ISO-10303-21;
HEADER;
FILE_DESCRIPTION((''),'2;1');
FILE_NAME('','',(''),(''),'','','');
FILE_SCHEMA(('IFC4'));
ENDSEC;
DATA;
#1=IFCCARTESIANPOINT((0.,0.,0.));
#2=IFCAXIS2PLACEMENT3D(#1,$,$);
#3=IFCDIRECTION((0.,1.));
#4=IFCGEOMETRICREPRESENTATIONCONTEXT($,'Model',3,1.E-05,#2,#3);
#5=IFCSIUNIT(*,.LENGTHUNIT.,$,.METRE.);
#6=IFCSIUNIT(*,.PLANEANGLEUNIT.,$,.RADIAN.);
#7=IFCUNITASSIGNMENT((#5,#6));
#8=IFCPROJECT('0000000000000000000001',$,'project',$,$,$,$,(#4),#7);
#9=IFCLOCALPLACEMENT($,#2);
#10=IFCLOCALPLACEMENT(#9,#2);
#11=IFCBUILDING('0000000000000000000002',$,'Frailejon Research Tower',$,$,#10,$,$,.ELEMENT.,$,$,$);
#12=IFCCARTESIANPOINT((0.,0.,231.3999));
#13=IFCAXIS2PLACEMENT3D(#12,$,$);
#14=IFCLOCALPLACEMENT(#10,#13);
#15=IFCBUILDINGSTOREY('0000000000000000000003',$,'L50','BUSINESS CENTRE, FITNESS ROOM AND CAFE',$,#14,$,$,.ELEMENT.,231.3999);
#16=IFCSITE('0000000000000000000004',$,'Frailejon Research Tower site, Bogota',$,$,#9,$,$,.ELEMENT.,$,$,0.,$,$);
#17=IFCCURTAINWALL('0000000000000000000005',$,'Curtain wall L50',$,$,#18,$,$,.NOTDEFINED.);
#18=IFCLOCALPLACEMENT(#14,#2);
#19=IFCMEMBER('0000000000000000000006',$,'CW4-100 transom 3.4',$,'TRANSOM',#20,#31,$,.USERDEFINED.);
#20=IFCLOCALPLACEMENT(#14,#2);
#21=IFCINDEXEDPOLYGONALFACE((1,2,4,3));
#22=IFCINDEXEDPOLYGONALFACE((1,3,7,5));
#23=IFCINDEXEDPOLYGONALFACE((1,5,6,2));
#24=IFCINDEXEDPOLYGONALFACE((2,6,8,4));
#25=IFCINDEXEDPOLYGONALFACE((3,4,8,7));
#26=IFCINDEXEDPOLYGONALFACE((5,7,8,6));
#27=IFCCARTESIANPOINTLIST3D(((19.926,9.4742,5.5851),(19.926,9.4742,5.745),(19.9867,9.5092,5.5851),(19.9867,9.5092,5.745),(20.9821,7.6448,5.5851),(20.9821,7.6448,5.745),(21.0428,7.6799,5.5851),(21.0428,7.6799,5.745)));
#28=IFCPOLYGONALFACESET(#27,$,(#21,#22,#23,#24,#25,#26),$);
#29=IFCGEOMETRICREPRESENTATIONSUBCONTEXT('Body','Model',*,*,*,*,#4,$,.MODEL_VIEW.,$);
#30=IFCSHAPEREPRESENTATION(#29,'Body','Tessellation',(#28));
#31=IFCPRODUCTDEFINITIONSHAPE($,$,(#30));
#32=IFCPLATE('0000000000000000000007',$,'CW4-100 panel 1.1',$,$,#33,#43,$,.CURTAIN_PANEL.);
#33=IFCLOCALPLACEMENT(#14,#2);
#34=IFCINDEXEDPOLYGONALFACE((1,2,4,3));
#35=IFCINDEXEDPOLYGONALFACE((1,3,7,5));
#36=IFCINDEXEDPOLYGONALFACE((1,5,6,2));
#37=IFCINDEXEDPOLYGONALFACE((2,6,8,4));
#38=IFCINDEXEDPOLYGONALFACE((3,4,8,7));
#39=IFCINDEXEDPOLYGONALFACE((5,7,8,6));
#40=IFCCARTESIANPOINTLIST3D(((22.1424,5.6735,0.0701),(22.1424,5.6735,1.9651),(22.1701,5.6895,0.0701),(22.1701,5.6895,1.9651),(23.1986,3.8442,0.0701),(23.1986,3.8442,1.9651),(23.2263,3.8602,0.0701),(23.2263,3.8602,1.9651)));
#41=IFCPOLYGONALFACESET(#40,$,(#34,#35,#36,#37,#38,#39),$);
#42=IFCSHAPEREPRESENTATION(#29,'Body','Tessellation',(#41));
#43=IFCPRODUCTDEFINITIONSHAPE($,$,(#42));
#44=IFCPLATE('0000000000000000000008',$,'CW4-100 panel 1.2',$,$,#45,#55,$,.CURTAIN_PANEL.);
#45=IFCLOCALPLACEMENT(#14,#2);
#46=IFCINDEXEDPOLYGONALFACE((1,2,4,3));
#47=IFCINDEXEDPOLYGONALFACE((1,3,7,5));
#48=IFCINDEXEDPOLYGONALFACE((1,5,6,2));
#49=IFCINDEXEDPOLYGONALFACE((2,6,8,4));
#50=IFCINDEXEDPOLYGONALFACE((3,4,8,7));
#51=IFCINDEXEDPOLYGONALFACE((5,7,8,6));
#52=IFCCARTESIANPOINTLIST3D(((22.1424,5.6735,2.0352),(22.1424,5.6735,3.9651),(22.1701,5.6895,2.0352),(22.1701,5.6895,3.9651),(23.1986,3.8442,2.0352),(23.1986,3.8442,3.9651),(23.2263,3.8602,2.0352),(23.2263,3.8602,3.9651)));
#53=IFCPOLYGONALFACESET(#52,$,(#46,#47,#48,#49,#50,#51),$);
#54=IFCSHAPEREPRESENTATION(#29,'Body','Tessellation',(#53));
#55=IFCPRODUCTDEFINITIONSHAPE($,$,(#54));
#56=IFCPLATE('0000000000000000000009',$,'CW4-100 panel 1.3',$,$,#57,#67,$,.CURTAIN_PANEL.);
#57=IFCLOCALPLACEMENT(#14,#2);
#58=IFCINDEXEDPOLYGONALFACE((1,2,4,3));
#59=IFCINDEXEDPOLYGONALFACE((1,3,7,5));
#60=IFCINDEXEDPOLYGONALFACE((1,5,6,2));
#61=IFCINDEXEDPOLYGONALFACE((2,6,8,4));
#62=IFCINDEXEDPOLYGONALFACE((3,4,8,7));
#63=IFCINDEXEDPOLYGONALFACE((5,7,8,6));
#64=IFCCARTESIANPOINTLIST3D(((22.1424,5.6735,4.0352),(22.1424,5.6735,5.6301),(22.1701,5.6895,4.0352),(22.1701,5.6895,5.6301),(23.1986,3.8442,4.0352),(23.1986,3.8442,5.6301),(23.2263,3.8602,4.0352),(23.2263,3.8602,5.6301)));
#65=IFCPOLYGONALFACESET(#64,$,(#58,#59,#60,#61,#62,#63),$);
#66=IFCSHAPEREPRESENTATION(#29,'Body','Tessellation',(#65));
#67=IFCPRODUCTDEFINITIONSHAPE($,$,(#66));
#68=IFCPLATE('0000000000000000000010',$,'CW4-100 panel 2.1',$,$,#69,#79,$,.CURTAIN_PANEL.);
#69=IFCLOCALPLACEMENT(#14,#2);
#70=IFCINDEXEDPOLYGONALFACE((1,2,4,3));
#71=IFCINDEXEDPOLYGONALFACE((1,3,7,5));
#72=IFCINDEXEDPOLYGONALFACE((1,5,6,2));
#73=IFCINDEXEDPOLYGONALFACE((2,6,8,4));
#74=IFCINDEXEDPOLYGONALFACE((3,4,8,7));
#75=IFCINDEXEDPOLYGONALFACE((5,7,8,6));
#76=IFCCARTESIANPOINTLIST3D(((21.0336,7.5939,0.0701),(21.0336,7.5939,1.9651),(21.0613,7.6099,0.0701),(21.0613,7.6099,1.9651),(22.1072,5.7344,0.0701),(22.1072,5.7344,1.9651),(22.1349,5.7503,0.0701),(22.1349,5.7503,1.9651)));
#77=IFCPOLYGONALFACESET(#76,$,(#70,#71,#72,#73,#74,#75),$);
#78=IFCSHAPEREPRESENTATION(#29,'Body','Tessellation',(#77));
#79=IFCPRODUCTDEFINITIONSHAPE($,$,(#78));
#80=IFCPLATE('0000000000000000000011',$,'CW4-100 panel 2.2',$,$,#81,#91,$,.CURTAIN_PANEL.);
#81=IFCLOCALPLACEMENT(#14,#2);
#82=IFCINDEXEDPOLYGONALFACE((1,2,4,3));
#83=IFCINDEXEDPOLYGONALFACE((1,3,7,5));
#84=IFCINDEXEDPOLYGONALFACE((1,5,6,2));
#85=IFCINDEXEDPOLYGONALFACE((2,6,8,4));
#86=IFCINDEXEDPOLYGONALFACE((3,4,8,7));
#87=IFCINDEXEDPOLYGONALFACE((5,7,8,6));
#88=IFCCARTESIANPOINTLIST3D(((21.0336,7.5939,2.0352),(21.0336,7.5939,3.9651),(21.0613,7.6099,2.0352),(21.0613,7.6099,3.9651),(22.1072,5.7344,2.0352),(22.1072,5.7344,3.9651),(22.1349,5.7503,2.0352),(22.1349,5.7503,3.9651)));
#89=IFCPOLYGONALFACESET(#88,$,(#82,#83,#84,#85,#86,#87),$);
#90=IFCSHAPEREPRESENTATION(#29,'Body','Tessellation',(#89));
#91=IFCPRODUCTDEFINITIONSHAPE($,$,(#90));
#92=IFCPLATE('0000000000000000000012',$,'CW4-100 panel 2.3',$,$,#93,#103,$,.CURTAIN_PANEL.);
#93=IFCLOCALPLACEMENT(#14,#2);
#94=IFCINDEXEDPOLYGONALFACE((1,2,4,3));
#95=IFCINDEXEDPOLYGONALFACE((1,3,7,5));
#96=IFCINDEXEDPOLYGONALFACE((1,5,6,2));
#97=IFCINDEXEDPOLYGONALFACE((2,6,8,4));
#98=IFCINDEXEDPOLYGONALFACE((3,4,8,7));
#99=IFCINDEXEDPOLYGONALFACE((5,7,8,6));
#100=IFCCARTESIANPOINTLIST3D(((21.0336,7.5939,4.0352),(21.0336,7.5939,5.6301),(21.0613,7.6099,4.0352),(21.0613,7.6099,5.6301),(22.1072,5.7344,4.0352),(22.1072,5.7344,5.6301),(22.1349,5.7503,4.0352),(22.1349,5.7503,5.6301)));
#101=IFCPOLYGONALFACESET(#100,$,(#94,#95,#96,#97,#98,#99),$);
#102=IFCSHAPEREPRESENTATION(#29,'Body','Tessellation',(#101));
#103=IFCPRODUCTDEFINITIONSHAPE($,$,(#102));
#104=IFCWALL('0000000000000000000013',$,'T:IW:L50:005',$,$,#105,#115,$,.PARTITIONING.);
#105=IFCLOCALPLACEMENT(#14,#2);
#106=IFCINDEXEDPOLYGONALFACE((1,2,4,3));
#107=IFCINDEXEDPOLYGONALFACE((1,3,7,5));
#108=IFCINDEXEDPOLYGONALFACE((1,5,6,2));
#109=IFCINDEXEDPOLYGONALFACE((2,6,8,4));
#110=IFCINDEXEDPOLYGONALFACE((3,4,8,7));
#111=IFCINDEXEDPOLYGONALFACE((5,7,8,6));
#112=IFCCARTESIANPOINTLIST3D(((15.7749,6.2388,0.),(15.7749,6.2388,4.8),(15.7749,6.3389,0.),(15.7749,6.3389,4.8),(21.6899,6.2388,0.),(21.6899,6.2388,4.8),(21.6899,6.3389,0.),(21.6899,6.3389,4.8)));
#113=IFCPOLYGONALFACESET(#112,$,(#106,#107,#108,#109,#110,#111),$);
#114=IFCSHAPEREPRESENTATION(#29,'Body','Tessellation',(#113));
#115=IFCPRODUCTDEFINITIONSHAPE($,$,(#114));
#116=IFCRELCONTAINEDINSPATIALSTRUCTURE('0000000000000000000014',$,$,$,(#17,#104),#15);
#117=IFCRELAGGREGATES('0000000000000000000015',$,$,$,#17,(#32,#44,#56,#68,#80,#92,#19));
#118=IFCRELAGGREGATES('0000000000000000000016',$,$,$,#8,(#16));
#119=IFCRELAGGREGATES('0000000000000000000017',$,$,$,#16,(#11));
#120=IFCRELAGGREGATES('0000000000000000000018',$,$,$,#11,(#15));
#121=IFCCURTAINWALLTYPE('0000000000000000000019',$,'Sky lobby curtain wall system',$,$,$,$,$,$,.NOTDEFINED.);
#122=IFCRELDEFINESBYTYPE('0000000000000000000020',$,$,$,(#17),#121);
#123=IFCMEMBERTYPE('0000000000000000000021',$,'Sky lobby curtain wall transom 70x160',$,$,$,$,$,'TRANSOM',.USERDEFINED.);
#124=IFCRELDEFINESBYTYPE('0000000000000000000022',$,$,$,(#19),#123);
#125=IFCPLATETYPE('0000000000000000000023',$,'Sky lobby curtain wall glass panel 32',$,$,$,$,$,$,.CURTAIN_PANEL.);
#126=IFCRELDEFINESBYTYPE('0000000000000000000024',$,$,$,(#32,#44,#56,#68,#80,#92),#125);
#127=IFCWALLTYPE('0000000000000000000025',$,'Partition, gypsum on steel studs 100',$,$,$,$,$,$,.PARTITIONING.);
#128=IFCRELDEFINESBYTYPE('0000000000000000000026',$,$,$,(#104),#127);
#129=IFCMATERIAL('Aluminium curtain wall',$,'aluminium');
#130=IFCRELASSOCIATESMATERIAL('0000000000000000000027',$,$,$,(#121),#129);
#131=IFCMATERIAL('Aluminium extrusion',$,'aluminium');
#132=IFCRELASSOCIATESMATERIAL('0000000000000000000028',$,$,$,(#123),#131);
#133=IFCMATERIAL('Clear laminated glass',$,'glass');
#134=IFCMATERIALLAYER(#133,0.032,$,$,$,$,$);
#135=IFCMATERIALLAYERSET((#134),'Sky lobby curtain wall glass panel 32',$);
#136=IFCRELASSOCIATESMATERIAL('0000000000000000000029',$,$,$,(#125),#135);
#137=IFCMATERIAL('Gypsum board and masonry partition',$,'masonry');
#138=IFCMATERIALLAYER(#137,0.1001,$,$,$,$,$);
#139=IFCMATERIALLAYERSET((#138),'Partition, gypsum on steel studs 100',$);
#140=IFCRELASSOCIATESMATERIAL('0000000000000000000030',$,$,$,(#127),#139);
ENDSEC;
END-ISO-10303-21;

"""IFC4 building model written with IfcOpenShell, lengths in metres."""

from ifc_helpers import new_model, si_unit, direction, frame, frame_2d, origin, origin_2d, place, context, subcontext, project, spatial, rectangle, extrude, material, layer, layer_set, material_profile, profile_set, type_object, element, aggregate, save


model = new_model("IFC4")

# Units and contexts
model_context = context("Model", 3, precision=1e-05, world=origin(), true_north=direction((0.0, 1.0)))
body_context = subcontext(model_context, "Body", "Model", "MODEL_VIEW")
ifc_project = project(units=[si_unit("LENGTHUNIT", "METRE"), si_unit("PLANEANGLEUNIT", "RADIAN")], contexts=[model_context])

# Site, building, storey
site_placement = place(None, origin())
site = spatial("IfcSite", under=ifc_project, at=site_placement, Name="Frailejon Research Tower site, Bogota", CompositionType="ELEMENT", RefElevation=0.0)
building_placement = place(site_placement, origin())
building = spatial("IfcBuilding", under=site, at=building_placement, Name="Frailejon Research Tower", CompositionType="ELEMENT")
storey_placement = place(building_placement, frame((0.0, 0.0, 231.3999)))
storey = spatial("IfcBuildingStorey", under=building, at=storey_placement, Name="L50", Description="BUSINESS CENTRE, FITNESS ROOM AND CAFE", CompositionType="ELEMENT", Elevation=231.3999)

# Curtain wall, member, plates
ifc_material_1 = material(Name="Aluminium curtain wall", Category="aluminium")
curtain_wall_type = type_object("IfcCurtainWallType", Name="Sky lobby curtain wall system", PredefinedType="NOTDEFINED", material=ifc_material_1)
curtain_wall_placement = place(storey_placement, origin())
curtain_wall = element("IfcCurtainWall", 1, at=curtain_wall_placement, inside=storey, type_object=curtain_wall_type, Name="Curtain wall L50", PredefinedType="NOTDEFINED")
ifc_material_2 = material(Name="Aluminium extrusion", Category="aluminium")
ifc_material_profile_1 = material_profile(ifc_material_2, rectangle(XDim=0.0701, YDim=0.1599, at=origin_2d()), Name="Sky lobby curtain wall transom 70x160")
ifc_profile_set_1 = profile_set([ifc_material_profile_1], Name="Aluminium extrusion")
member_type_1 = type_object("IfcMemberType", Name="Sky lobby curtain wall transom 70x160", ElementType="TRANSOM", PredefinedType="USERDEFINED", material=ifc_profile_set_1)
member_1_placement = place(storey_placement, frame((21.0125, 7.6624, 5.665), z_axis=(-0.499993, 0.86603, 0.0), x_axis=(-0.86603, -0.499993, 0.0)))
member_1 = element("IfcMember", 2, at=member_1_placement, type_object=member_type_1, Name="CW4-100 transom 3.4", ObjectType="TRANSOM", PredefinedType="USERDEFINED", context=body_context, shape_type="SweptSolid", body=[
    extrude(rectangle(XDim=0.0701, YDim=0.1599, at=origin_2d()), origin(), (0.0, 0.0, 1.0), 2.1123),
])
ifc_material_3 = material(Name="Clear laminated glass", Category="glass")
ifc_layer_1 = layer(ifc_material_3, 0.032)
ifc_layer_set_1 = layer_set([ifc_layer_1], Name="Sky lobby curtain wall glass panel 32")
plate_type = type_object("IfcPlateType", Name="Sky lobby curtain wall glass panel 32", PredefinedType="CURTAIN_PANEL", material=ifc_layer_set_1)
plate_1_placement = place(storey_placement, frame((22.6843, 4.7668, 0.0701), z_axis=(0.0, 0.0, 1.0), x_axis=(-0.5, 0.866025, 0.0)))
plate_1 = element("IfcPlate", 3, at=plate_1_placement, type_object=plate_type, Name="CW4-100 panel 1.1", PredefinedType="CURTAIN_PANEL", context=body_context, shape_type="SweptSolid", body=[
    extrude(rectangle(XDim=2.1123, YDim=0.032, at=origin_2d()), origin(), (0.0, 0.0, 1.0), 1.895),
])
plate_2_placement = place(storey_placement, frame((22.6843, 4.7668, 2.0352), z_axis=(0.0, 0.0, 1.0), x_axis=(-0.5, 0.866025, 0.0)))
plate_2 = element("IfcPlate", 4, at=plate_2_placement, type_object=plate_type, Name="CW4-100 panel 1.2", PredefinedType="CURTAIN_PANEL", context=body_context, shape_type="SweptSolid", body=[
    extrude(rectangle(XDim=2.1123, YDim=0.032, at=origin_2d()), origin(), (0.0, 0.0, 1.0), 1.9299),
])
plate_3_placement = place(storey_placement, frame((22.6843, 4.7668, 4.0352), z_axis=(0.0, 0.0, 1.0), x_axis=(-0.5, 0.866025, 0.0)))
plate_3 = element("IfcPlate", 5, at=plate_3_placement, type_object=plate_type, Name="CW4-100 panel 1.3", PredefinedType="CURTAIN_PANEL", context=body_context, shape_type="SweptSolid", body=[
    extrude(rectangle(XDim=2.1123, YDim=0.032, at=origin_2d()), origin(), (0.0, 0.0, 1.0), 1.595),
])
plate_4_placement = place(storey_placement, frame((21.5842, 6.6721, 0.0701), z_axis=(0.0, 0.0, 1.0), x_axis=(-0.5, 0.866025, 0.0)))
plate_4 = element("IfcPlate", 6, at=plate_4_placement, type_object=plate_type, Name="CW4-100 panel 2.1", PredefinedType="CURTAIN_PANEL", context=body_context, shape_type="SweptSolid", body=[
    extrude(rectangle(XDim=2.1472, YDim=0.032, at=origin_2d()), origin(), (0.0, 0.0, 1.0), 1.895),
])
plate_5_placement = place(storey_placement, frame((21.5842, 6.6721, 2.0352), z_axis=(0.0, 0.0, 1.0), x_axis=(-0.5, 0.866025, 0.0)))
plate_5 = element("IfcPlate", 7, at=plate_5_placement, type_object=plate_type, Name="CW4-100 panel 2.2", PredefinedType="CURTAIN_PANEL", context=body_context, shape_type="SweptSolid", body=[
    extrude(rectangle(XDim=2.1472, YDim=0.032, at=origin_2d()), origin(), (0.0, 0.0, 1.0), 1.9299),
])
plate_6_placement = place(storey_placement, frame((21.5842, 6.6721, 4.0352), z_axis=(0.0, 0.0, 1.0), x_axis=(-0.5, 0.866025, 0.0)))
plate_6 = element("IfcPlate", 8, at=plate_6_placement, type_object=plate_type, Name="CW4-100 panel 2.3", PredefinedType="CURTAIN_PANEL", context=body_context, shape_type="SweptSolid", body=[
    extrude(rectangle(XDim=2.1472, YDim=0.032, at=origin_2d()), origin(), (0.0, 0.0, 1.0), 1.595),
])
aggregate(curtain_wall, [plate_1, plate_2, plate_3, plate_4, plate_5, plate_6, member_1])

# Wall
ifc_material_4 = material(Name="Gypsum board and masonry partition", Category="masonry")
ifc_layer_2 = layer(ifc_material_4, 0.1001)
ifc_layer_set_2 = layer_set([ifc_layer_2], Name="Partition, gypsum on steel studs 100")
wall_type = type_object("IfcWallType", Name="Partition, gypsum on steel studs 100", PredefinedType="PARTITIONING", material=ifc_layer_set_2)
wall_placement = place(storey_placement, frame((15.7749, 6.2888, 0.0), z_axis=(0.0, 0.0, 1.0), x_axis=(1.0, 0.0, 0.0)))
element("IfcWall", 9, at=wall_placement, inside=storey, type_object=wall_type, Name="T:IW:L50:005", PredefinedType="PARTITIONING", context=body_context, shape_type="SweptSolid", body=[
    extrude(rectangle(XDim=5.915, YDim=0.1001, at=frame_2d((2.9575, 0.0))), origin(), (0.0, 0.0, 1.0), 4.8),
])

save(model, "model.ifc")
